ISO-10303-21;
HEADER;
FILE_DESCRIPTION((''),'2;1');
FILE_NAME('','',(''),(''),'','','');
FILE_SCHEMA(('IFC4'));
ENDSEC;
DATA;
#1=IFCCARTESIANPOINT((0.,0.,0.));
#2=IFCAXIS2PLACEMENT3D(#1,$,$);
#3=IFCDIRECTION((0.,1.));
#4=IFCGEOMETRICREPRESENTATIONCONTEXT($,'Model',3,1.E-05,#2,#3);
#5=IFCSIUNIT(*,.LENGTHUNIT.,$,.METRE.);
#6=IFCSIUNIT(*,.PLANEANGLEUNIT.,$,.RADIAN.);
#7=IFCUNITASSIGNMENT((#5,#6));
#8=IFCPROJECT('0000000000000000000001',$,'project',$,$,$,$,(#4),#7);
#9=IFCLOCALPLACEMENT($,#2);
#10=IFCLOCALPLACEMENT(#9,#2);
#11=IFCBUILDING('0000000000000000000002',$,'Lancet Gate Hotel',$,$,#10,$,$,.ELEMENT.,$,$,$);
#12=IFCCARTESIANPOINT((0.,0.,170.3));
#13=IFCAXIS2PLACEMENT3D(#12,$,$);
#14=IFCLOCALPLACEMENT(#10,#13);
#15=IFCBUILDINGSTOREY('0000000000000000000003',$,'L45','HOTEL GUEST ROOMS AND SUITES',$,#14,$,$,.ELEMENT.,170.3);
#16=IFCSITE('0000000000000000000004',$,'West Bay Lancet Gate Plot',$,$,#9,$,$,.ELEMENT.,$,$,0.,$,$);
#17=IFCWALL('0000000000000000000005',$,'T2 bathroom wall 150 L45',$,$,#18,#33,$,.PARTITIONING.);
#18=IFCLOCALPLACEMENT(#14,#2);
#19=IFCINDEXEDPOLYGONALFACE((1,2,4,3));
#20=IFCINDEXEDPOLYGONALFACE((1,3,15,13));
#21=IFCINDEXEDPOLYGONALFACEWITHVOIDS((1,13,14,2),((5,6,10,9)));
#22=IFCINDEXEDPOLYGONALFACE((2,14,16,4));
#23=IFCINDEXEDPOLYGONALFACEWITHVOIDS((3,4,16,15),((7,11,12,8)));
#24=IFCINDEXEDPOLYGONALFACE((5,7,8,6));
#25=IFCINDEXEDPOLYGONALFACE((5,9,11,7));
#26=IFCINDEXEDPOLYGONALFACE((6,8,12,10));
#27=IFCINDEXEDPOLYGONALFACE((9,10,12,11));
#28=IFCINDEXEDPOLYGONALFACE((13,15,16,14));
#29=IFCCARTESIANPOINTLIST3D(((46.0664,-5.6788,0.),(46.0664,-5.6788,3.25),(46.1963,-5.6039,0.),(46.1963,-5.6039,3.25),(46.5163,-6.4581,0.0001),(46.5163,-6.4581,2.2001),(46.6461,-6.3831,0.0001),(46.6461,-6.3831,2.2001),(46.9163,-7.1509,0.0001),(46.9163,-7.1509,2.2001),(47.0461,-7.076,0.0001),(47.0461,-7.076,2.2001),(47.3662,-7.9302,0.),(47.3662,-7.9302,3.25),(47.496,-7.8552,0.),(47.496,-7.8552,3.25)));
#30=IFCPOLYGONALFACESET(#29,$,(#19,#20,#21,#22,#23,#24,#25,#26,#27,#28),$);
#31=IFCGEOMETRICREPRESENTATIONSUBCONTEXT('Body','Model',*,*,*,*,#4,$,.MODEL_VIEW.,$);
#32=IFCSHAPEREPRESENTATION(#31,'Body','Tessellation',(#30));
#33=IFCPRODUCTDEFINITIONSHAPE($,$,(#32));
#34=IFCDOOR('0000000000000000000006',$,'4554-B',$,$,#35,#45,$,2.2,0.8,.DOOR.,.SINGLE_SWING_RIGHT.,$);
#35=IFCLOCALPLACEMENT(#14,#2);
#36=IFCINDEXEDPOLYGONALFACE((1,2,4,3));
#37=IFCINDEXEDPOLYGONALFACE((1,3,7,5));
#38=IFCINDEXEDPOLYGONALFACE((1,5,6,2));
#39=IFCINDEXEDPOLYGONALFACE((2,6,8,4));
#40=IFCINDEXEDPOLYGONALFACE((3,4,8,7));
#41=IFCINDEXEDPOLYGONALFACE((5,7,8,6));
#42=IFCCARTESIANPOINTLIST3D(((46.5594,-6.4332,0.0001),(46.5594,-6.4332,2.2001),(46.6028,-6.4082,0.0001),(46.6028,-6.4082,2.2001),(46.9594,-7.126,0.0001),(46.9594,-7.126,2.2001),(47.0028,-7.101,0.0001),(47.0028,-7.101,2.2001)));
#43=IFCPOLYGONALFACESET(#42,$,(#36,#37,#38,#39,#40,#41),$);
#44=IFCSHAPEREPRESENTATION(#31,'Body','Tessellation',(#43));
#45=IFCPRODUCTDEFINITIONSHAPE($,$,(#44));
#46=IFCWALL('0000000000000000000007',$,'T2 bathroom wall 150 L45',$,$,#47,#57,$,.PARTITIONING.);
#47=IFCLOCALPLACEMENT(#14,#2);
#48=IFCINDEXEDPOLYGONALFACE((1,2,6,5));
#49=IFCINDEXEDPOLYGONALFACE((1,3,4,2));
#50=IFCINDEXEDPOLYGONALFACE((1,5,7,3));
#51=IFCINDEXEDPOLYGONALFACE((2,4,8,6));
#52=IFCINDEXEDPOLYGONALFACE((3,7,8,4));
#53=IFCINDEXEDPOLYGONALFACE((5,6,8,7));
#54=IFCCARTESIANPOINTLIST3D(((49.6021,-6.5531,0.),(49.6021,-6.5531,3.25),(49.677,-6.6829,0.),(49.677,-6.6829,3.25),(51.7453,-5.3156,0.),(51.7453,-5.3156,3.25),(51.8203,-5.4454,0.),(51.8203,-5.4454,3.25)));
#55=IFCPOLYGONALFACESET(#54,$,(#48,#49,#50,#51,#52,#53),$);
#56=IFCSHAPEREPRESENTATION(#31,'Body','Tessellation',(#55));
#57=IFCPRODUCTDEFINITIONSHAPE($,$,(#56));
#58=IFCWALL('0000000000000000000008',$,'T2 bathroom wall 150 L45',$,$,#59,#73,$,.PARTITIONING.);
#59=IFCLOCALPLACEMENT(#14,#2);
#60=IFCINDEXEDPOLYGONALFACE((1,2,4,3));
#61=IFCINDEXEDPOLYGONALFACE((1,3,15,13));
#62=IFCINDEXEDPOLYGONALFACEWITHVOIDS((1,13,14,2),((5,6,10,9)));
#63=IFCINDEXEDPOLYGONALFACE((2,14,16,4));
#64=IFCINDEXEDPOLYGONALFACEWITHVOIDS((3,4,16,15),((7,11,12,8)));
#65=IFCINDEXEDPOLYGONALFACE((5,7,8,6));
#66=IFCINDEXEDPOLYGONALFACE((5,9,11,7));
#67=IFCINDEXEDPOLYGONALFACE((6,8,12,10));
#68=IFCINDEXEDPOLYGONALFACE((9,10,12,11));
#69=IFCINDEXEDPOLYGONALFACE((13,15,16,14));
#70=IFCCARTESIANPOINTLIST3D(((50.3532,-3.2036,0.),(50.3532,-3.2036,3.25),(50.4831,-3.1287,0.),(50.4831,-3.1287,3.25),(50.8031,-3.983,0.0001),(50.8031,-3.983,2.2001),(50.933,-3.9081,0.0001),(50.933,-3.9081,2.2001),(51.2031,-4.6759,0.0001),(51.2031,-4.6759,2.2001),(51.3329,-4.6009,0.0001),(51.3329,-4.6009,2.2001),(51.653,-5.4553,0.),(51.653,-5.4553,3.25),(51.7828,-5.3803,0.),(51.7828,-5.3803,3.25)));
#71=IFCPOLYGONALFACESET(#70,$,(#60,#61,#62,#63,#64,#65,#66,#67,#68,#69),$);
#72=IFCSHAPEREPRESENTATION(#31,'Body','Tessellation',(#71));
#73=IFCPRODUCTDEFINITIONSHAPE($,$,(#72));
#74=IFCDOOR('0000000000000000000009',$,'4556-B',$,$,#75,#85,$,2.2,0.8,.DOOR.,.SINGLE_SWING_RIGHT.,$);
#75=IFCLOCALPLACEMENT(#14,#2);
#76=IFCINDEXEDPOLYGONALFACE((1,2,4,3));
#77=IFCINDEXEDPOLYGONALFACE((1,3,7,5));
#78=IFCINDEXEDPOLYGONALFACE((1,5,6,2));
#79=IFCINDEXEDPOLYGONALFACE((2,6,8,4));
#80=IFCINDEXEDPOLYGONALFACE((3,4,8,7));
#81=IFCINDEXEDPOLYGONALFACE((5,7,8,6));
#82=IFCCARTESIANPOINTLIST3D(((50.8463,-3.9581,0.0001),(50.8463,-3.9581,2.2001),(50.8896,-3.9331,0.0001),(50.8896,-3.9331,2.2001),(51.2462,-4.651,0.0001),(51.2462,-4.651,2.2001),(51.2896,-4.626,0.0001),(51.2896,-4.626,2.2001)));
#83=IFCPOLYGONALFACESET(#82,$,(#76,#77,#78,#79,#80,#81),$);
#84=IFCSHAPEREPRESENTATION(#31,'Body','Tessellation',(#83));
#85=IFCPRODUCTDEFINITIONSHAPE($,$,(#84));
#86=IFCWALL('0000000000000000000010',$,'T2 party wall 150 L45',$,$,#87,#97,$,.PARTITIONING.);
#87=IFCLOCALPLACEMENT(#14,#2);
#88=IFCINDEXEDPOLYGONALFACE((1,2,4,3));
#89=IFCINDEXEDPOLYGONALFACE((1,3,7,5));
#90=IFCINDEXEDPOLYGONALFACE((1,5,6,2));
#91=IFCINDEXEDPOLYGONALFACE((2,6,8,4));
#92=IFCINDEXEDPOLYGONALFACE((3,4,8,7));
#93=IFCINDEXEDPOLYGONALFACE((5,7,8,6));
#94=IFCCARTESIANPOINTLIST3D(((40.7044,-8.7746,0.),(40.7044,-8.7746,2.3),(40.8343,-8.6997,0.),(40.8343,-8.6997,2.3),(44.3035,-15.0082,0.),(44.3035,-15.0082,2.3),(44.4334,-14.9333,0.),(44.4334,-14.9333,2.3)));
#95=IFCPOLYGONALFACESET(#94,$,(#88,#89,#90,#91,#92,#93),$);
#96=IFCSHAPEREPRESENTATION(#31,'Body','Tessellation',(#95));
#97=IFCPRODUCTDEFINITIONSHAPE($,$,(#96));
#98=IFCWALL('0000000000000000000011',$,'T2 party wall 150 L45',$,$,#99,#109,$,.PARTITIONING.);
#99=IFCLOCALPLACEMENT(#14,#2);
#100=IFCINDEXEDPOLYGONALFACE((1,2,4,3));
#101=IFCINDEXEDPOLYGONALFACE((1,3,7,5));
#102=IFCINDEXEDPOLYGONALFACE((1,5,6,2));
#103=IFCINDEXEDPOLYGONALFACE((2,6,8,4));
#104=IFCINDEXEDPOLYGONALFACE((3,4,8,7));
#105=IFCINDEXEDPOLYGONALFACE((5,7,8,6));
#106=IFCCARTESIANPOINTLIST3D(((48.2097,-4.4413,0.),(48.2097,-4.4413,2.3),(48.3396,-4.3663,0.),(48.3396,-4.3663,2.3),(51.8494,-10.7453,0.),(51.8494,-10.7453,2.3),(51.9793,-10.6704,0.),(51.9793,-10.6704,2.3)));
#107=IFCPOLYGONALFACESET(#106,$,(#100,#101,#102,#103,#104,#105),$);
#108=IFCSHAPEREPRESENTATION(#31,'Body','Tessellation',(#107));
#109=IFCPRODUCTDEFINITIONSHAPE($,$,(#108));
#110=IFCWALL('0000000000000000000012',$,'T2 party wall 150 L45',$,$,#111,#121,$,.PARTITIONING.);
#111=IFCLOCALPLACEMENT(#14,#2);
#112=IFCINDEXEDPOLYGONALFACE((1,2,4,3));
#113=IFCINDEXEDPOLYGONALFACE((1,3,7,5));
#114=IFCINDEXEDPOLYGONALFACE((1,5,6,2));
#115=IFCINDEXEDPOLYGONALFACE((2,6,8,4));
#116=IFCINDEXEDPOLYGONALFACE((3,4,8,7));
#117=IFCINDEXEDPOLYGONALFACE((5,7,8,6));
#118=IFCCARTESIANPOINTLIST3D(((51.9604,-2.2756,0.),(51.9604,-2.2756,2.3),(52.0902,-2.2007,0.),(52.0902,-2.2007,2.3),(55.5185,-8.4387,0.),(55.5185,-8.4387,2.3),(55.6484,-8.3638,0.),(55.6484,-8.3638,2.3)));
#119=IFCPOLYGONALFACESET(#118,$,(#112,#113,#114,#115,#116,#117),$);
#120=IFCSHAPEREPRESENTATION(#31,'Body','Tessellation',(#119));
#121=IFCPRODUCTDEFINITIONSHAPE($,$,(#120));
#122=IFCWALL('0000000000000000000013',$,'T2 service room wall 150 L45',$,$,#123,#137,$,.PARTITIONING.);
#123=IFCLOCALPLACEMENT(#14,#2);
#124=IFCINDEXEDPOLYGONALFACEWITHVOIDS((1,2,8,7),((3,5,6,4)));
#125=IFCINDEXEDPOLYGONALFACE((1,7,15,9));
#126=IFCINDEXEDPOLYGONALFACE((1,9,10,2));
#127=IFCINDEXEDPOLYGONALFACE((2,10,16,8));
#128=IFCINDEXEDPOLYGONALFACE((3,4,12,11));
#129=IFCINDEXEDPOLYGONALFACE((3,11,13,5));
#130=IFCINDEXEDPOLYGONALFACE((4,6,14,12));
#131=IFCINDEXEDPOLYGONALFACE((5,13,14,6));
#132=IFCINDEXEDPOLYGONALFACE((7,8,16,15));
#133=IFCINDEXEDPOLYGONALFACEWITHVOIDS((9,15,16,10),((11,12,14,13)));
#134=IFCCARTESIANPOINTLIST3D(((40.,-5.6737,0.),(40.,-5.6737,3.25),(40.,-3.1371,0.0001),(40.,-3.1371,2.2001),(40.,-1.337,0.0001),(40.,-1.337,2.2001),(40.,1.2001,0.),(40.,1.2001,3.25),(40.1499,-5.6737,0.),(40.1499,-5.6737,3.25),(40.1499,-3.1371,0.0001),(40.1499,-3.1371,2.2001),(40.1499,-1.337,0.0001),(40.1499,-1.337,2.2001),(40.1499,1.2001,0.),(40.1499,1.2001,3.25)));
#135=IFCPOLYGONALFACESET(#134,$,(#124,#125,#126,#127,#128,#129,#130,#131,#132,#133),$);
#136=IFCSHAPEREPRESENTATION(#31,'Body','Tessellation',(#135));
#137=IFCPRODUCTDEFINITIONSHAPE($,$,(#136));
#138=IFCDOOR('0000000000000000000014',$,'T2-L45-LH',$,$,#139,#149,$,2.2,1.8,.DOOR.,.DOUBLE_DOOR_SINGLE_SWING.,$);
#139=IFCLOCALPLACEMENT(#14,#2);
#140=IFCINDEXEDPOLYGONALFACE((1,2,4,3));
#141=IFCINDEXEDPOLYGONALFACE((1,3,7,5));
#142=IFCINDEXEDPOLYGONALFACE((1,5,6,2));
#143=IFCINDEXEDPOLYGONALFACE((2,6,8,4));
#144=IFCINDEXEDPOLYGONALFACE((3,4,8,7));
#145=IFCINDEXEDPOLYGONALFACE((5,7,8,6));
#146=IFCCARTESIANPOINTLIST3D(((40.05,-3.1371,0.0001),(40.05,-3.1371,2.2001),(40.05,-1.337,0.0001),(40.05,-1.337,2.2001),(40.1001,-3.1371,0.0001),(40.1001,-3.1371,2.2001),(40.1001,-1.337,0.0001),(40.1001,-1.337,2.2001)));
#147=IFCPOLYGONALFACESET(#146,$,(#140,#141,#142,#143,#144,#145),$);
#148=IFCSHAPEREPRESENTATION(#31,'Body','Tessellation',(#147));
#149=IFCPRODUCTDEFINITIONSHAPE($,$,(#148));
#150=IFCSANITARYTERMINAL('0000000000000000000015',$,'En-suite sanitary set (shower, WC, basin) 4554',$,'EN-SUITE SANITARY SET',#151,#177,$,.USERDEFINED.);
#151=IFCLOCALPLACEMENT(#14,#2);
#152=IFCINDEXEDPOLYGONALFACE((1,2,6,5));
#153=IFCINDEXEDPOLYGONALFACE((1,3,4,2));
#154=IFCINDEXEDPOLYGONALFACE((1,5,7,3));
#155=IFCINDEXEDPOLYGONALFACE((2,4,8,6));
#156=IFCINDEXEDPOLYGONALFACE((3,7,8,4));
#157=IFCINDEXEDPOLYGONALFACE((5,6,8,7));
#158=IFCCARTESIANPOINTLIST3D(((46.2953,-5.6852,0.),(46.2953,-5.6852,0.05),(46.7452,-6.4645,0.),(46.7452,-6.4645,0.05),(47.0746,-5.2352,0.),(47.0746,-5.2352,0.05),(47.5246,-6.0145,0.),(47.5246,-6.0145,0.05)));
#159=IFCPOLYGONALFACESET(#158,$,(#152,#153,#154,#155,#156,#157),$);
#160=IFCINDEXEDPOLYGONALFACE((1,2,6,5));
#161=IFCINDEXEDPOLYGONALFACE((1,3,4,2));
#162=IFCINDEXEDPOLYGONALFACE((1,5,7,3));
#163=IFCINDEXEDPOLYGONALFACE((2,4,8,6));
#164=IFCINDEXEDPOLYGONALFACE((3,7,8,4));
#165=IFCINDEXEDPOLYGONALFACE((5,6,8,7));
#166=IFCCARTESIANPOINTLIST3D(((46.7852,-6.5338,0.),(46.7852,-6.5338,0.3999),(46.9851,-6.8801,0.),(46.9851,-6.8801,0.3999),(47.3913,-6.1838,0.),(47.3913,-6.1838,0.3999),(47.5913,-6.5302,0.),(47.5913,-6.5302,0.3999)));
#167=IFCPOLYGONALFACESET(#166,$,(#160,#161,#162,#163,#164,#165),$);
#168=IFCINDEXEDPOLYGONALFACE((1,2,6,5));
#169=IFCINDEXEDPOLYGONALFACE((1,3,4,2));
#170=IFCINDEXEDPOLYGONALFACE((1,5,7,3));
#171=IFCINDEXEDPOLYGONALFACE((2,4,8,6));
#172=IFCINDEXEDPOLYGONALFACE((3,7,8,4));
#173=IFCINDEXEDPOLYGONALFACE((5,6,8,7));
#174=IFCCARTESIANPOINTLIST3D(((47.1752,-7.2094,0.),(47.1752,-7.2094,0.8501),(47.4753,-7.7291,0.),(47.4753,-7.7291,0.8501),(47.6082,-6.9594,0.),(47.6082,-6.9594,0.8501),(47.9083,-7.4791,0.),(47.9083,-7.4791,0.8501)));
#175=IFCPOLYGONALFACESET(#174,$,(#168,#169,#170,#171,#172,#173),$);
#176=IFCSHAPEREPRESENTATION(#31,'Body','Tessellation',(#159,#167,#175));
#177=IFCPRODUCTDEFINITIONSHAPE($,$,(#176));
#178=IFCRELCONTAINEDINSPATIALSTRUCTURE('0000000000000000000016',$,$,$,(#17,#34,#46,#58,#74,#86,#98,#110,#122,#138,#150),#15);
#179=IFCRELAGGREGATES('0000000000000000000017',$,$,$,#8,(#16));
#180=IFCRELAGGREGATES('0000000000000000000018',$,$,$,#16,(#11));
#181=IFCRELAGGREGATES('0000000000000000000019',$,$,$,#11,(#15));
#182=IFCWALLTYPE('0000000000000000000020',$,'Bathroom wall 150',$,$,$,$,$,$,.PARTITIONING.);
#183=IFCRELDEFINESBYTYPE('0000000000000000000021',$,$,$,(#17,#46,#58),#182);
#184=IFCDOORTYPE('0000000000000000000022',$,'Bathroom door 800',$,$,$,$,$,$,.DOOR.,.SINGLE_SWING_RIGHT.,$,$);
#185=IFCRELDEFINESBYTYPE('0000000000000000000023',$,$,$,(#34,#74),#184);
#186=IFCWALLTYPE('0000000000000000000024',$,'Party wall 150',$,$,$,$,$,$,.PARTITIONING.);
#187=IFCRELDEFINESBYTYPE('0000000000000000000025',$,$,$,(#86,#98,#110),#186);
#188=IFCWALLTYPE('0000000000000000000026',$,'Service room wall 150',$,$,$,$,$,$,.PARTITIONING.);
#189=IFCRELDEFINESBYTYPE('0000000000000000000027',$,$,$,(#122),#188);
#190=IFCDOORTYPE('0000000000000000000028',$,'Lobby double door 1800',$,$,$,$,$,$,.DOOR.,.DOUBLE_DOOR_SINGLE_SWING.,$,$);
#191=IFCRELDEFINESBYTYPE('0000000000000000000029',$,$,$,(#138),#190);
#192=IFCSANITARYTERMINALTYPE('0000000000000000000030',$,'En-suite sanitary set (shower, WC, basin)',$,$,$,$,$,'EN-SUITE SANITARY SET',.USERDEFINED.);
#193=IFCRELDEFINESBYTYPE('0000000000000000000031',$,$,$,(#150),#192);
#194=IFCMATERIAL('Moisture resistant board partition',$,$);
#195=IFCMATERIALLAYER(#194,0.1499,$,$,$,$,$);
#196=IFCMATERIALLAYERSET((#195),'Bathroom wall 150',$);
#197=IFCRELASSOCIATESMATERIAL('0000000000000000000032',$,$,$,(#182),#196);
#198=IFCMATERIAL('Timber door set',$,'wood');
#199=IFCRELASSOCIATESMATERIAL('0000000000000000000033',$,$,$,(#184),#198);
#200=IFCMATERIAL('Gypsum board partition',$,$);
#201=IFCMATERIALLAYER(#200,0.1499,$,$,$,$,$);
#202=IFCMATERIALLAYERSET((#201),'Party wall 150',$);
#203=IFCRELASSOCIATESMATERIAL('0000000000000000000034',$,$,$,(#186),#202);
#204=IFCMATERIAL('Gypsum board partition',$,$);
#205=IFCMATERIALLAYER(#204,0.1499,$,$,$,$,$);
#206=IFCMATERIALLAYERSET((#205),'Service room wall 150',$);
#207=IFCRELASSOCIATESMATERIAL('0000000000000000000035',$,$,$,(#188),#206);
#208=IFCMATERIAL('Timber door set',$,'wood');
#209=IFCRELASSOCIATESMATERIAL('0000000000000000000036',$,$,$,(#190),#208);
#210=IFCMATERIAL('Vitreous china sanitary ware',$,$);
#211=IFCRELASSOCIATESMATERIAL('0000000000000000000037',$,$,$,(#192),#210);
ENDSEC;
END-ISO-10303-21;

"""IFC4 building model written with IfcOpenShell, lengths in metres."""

from ifc_helpers import new_model, si_unit, direction, frame, frame_2d, origin, origin_2d, place, context, subcontext, project, spatial, rectangle, extrude, material, layer, layer_set, type_object, element, fill, save


model = new_model("IFC4")

# Units and contexts
model_context = context("Model", 3, precision=1e-05, world=origin(), true_north=direction((0.0, 1.0)))
body_context = subcontext(model_context, "Body", "Model", "MODEL_VIEW")
ifc_project = project(units=[si_unit("LENGTHUNIT", "METRE"), si_unit("PLANEANGLEUNIT", "RADIAN")], contexts=[model_context])

# Site, building, storey
site_placement = place(None, origin())
site = spatial("IfcSite", under=ifc_project, at=site_placement, Name="West Bay Lancet Gate Plot", CompositionType="ELEMENT", RefElevation=0.0)
building_placement = place(site_placement, origin())
building = spatial("IfcBuilding", under=site, at=building_placement, Name="Lancet Gate Hotel", CompositionType="ELEMENT")
storey_placement = place(building_placement, frame((0.0, 0.0, 170.3)))
storey = spatial("IfcBuildingStorey", under=building, at=storey_placement, Name="L45", Description="HOTEL GUEST ROOMS AND SUITES", CompositionType="ELEMENT", Elevation=170.3)

# Shared definitions
ifc_material_1 = material(Name="Moisture resistant board partition")
ifc_layer_1 = layer(ifc_material_1, 0.1499)
ifc_layer_set_1 = layer_set([ifc_layer_1], Name="Bathroom wall 150")
wall_type_1 = type_object("IfcWallType", Name="Bathroom wall 150", PredefinedType="PARTITIONING", material=ifc_layer_set_1)

# Wall, opening, door
wall_1_placement = place(storey_placement, frame((46.1313, -5.6414, 0.0), z_axis=(0.0, 0.0, 1.0), x_axis=(0.499977, -0.866039, 0.0)))
wall_1 = element("IfcWall", 1, at=wall_1_placement, inside=storey, type_object=wall_type_1, Name="T2 bathroom wall 150 L45", PredefinedType="PARTITIONING", context=body_context, shape_type="SweptSolid", body=[
    extrude(rectangle(XDim=2.5996, YDim=0.1499, at=frame_2d((1.2998, 0.0))), origin(), (0.0, 0.0, 1.0), 3.25),
])
opening_1_placement = place(wall_1_placement, frame((0.8999, 0.0, 0.0)))
opening_1 = element("IfcOpeningElement", 2, at=opening_1_placement, cuts=wall_1, PredefinedType="OPENING", context=body_context, shape_type="SweptSolid", body=[
    extrude(rectangle(XDim=0.8, YDim=2.2, at=frame_2d((0.3999, 1.1001))), frame((0.0, 0.085, 0.0), z_axis=(0.0, -1.0, 0.0), x_axis=(1.0, 0.0, 0.0)), (0.0, 0.0, 1.0), 0.1699),
])
ifc_material_2 = material(Name="Timber door set", Category="wood")
door_type_1 = type_object("IfcDoorType", Name="Bathroom door 800", OperationType="SINGLE_SWING_RIGHT", PredefinedType="DOOR", material=ifc_material_2)
door_1_placement = place(opening_1_placement, origin())
door_1 = element("IfcDoor", 3, at=door_1_placement, inside=storey, type_object=door_type_1, Name="4554-B", OperationType="SINGLE_SWING_RIGHT", OverallHeight=2.2, OverallWidth=0.8, PredefinedType="DOOR", context=body_context, shape_type="SweptSolid", body=[
    extrude(rectangle(XDim=0.8, YDim=2.2, at=frame_2d((0.3999, 1.1001))), frame((0.0, 0.0249, 0.0), z_axis=(0.0, -1.0, 0.0), x_axis=(1.0, 0.0, 0.0)), (0.0, 0.0, 1.0), 0.05),
])
fill(opening_1, door_1)

# Wall
wall_2_placement = place(storey_placement, frame((49.6396, -6.6179, 0.0), z_axis=(0.0, 0.0, 1.0), x_axis=(0.866007, 0.500033, 0.0)))
element("IfcWall", 4, at=wall_2_placement, inside=storey, type_object=wall_type_1, Name="T2 bathroom wall 150 L45", PredefinedType="PARTITIONING", context=body_context, shape_type="SweptSolid", body=[
    extrude(rectangle(XDim=2.4749, YDim=0.1499, at=frame_2d((1.2373, 0.0))), origin(), (0.0, 0.0, 1.0), 3.25),
])

# Wall, opening, door
wall_3_placement = place(storey_placement, frame((50.4182, -3.1663, 0.0), z_axis=(0.0, 0.0, 1.0), x_axis=(0.499937, -0.866062, 0.0)))
wall_3 = element("IfcWall", 5, at=wall_3_placement, inside=storey, type_object=wall_type_1, Name="T2 bathroom wall 150 L45", PredefinedType="PARTITIONING", context=body_context, shape_type="SweptSolid", body=[
    extrude(rectangle(XDim=2.5999, YDim=0.1499, at=frame_2d((1.2998, 0.0))), origin(), (0.0, 0.0, 1.0), 3.25),
])
opening_2_placement = place(wall_3_placement, frame((0.8999, 0.0, 0.0)))
opening_2 = element("IfcOpeningElement", 6, at=opening_2_placement, cuts=wall_3, PredefinedType="OPENING", context=body_context, shape_type="SweptSolid", body=[
    extrude(rectangle(XDim=0.8, YDim=2.2, at=frame_2d((0.3999, 1.1001))), frame((0.0, 0.085, 0.0), z_axis=(0.0, -1.0, 0.0), x_axis=(1.0, 0.0, 0.0)), (0.0, 0.0, 1.0), 0.1699),
])
door_2_placement = place(opening_2_placement, origin())
door_2 = element("IfcDoor", 7, at=door_2_placement, inside=storey, type_object=door_type_1, Name="4556-B", OperationType="SINGLE_SWING_RIGHT", OverallHeight=2.2, OverallWidth=0.8, PredefinedType="DOOR", context=body_context, shape_type="SweptSolid", body=[
    extrude(rectangle(XDim=0.8, YDim=2.2, at=frame_2d((0.3999, 1.1001))), frame((0.0, 0.0249, 0.0), z_axis=(0.0, -1.0, 0.0), x_axis=(1.0, 0.0, 0.0)), (0.0, 0.0, 1.0), 0.05),
])
fill(opening_2, door_2)

# Walls
ifc_material_3 = material(Name="Gypsum board partition")
ifc_layer_2 = layer(ifc_material_3, 0.1499)
ifc_layer_set_2 = layer_set([ifc_layer_2], Name="Party wall 150")
wall_type_2 = type_object("IfcWallType", Name="Party wall 150", PredefinedType="PARTITIONING", material=ifc_layer_set_2)
wall_4_placement = place(storey_placement, frame((40.7693, -8.7371, 0.0), z_axis=(0.0, 0.0, 1.0), x_axis=(0.500013, -0.866018, 0.0)))
element("IfcWall", 8, at=wall_4_placement, inside=storey, type_object=wall_type_2, Name="T2 party wall 150 L45", PredefinedType="PARTITIONING", context=body_context, shape_type="SweptSolid", body=[
    extrude(rectangle(XDim=7.198, YDim=0.1499, at=frame_2d((3.5991, 0.0))), origin(), (0.0, 0.0, 1.0), 2.3),
])
wall_5_placement = place(storey_placement, frame((48.2747, -4.4038, 0.0), z_axis=(0.0, 0.0, 1.0), x_axis=(0.500006, -0.866022, 0.0)))
element("IfcWall", 9, at=wall_5_placement, inside=storey, type_object=wall_type_2, Name="T2 party wall 150 L45", PredefinedType="PARTITIONING", context=body_context, shape_type="SweptSolid", body=[
    extrude(rectangle(XDim=7.2793, YDim=0.1499, at=frame_2d((3.6396, 0.0))), origin(), (0.0, 0.0, 1.0), 2.3),
])
wall_6_placement = place(storey_placement, frame((52.0254, -2.2383, 0.0), z_axis=(0.0, 0.0, 1.0), x_axis=(0.499984, -0.866035, 0.0)))
element("IfcWall", 10, at=wall_6_placement, inside=storey, type_object=wall_type_2, Name="T2 party wall 150 L45", PredefinedType="PARTITIONING", context=body_context, shape_type="SweptSolid", body=[
    extrude(rectangle(XDim=7.1165, YDim=0.1499, at=frame_2d((3.5581, 0.0))), origin(), (0.0, 0.0, 1.0), 2.3),
])

# Wall, opening, door
ifc_material_4 = material(Name="Gypsum board partition")
ifc_layer_3 = layer(ifc_material_4, 0.1499)
ifc_layer_set_3 = layer_set([ifc_layer_3], Name="Service room wall 150")
wall_type_3 = type_object("IfcWallType", Name="Service room wall 150", PredefinedType="PARTITIONING", material=ifc_layer_set_3)
wall_7_placement = place(storey_placement, frame((40.075, -5.6738, 0.0), z_axis=(0.0, 0.0, 1.0), x_axis=(0.0, 1.0, 0.0)))
wall_7 = element("IfcWall", 11, at=wall_7_placement, inside=storey, type_object=wall_type_3, Name="T2 service room wall 150 L45", PredefinedType="PARTITIONING", context=body_context, shape_type="SweptSolid", body=[
    extrude(rectangle(XDim=6.8738, YDim=0.1499, at=frame_2d((3.437, 0.0))), origin(), (0.0, 0.0, 1.0), 3.25),
])
opening_3_placement = place(wall_7_placement, frame((2.5369, 0.0, 0.0)))
opening_3 = element("IfcOpeningElement", 12, at=opening_3_placement, cuts=wall_7, PredefinedType="OPENING", context=body_context, shape_type="SweptSolid", body=[
    extrude(rectangle(XDim=1.8, YDim=2.2, at=frame_2d((0.8999, 1.1001))), frame((0.0, 0.085, 0.0), z_axis=(0.0, -1.0, 0.0), x_axis=(1.0, 0.0, 0.0)), (0.0, 0.0, 1.0), 0.1699),
])
ifc_material_5 = material(Name="Timber door set", Category="wood")
door_type_2 = type_object("IfcDoorType", Name="Lobby double door 1800", OperationType="DOUBLE_DOOR_SINGLE_SWING", PredefinedType="DOOR", material=ifc_material_5)
door_3_placement = place(opening_3_placement, origin())
door_3 = element("IfcDoor", 13, at=door_3_placement, inside=storey, type_object=door_type_2, Name="T2-L45-LH", OperationType="DOUBLE_DOOR_SINGLE_SWING", OverallHeight=2.2, OverallWidth=1.8, PredefinedType="DOOR", context=body_context, shape_type="SweptSolid", body=[
    extrude(rectangle(XDim=1.8, YDim=2.2, at=frame_2d((0.8999, 1.1001))), frame((0.0, 0.0249, 0.0), z_axis=(0.0, -1.0, 0.0), x_axis=(1.0, 0.0, 0.0)), (0.0, 0.0, 1.0), 0.05),
])
fill(opening_3, door_3)

# Sanitary terminal
ifc_material_6 = material(Name="Vitreous china sanitary ware")
sanitary_terminal_type = type_object("IfcSanitaryTerminalType", Name="En-suite sanitary set (shower, WC, basin)", ElementType="EN-SUITE SANITARY SET", PredefinedType="USERDEFINED", material=ifc_material_6)
sanitary_terminal_1_placement = place(storey_placement, frame((46.9099, -5.8499, 0.0), z_axis=(0.0, 0.0, 1.0), x_axis=(1.0, 0.0, 0.0)))
element("IfcSanitaryTerminal", 14, at=sanitary_terminal_1_placement, inside=storey, type_object=sanitary_terminal_type, Name="En-suite sanitary set (shower, WC, basin) 4554", ObjectType="EN-SUITE SANITARY SET", PredefinedType="USERDEFINED", context=body_context, shape_type="SweptSolid", body=[
    extrude(rectangle(XDim=0.8999, YDim=0.8999, at=origin_2d()), frame((0.0, 0.0, 0.0), z_axis=(0.0, 0.0, 1.0), x_axis=(-0.5, 0.866025, 0.0)), (0.0, 0.0, 1.0), 0.05),
    extrude(rectangle(XDim=0.3999, YDim=0.7, at=origin_2d()), frame((0.2783, -0.6821, 0.0), z_axis=(0.0, 0.0, 1.0), x_axis=(-0.5, 0.866025, 0.0)), (0.0, 0.0, 1.0), 0.3999),
    extrude(rectangle(XDim=0.6001, YDim=0.5, at=origin_2d()), frame((0.6318, -1.4944, 0.0), z_axis=(0.0, 0.0, 1.0), x_axis=(-0.5, 0.866025, 0.0)), (0.0, 0.0, 1.0), 0.8501),
])

save(model, "model.ifc")
